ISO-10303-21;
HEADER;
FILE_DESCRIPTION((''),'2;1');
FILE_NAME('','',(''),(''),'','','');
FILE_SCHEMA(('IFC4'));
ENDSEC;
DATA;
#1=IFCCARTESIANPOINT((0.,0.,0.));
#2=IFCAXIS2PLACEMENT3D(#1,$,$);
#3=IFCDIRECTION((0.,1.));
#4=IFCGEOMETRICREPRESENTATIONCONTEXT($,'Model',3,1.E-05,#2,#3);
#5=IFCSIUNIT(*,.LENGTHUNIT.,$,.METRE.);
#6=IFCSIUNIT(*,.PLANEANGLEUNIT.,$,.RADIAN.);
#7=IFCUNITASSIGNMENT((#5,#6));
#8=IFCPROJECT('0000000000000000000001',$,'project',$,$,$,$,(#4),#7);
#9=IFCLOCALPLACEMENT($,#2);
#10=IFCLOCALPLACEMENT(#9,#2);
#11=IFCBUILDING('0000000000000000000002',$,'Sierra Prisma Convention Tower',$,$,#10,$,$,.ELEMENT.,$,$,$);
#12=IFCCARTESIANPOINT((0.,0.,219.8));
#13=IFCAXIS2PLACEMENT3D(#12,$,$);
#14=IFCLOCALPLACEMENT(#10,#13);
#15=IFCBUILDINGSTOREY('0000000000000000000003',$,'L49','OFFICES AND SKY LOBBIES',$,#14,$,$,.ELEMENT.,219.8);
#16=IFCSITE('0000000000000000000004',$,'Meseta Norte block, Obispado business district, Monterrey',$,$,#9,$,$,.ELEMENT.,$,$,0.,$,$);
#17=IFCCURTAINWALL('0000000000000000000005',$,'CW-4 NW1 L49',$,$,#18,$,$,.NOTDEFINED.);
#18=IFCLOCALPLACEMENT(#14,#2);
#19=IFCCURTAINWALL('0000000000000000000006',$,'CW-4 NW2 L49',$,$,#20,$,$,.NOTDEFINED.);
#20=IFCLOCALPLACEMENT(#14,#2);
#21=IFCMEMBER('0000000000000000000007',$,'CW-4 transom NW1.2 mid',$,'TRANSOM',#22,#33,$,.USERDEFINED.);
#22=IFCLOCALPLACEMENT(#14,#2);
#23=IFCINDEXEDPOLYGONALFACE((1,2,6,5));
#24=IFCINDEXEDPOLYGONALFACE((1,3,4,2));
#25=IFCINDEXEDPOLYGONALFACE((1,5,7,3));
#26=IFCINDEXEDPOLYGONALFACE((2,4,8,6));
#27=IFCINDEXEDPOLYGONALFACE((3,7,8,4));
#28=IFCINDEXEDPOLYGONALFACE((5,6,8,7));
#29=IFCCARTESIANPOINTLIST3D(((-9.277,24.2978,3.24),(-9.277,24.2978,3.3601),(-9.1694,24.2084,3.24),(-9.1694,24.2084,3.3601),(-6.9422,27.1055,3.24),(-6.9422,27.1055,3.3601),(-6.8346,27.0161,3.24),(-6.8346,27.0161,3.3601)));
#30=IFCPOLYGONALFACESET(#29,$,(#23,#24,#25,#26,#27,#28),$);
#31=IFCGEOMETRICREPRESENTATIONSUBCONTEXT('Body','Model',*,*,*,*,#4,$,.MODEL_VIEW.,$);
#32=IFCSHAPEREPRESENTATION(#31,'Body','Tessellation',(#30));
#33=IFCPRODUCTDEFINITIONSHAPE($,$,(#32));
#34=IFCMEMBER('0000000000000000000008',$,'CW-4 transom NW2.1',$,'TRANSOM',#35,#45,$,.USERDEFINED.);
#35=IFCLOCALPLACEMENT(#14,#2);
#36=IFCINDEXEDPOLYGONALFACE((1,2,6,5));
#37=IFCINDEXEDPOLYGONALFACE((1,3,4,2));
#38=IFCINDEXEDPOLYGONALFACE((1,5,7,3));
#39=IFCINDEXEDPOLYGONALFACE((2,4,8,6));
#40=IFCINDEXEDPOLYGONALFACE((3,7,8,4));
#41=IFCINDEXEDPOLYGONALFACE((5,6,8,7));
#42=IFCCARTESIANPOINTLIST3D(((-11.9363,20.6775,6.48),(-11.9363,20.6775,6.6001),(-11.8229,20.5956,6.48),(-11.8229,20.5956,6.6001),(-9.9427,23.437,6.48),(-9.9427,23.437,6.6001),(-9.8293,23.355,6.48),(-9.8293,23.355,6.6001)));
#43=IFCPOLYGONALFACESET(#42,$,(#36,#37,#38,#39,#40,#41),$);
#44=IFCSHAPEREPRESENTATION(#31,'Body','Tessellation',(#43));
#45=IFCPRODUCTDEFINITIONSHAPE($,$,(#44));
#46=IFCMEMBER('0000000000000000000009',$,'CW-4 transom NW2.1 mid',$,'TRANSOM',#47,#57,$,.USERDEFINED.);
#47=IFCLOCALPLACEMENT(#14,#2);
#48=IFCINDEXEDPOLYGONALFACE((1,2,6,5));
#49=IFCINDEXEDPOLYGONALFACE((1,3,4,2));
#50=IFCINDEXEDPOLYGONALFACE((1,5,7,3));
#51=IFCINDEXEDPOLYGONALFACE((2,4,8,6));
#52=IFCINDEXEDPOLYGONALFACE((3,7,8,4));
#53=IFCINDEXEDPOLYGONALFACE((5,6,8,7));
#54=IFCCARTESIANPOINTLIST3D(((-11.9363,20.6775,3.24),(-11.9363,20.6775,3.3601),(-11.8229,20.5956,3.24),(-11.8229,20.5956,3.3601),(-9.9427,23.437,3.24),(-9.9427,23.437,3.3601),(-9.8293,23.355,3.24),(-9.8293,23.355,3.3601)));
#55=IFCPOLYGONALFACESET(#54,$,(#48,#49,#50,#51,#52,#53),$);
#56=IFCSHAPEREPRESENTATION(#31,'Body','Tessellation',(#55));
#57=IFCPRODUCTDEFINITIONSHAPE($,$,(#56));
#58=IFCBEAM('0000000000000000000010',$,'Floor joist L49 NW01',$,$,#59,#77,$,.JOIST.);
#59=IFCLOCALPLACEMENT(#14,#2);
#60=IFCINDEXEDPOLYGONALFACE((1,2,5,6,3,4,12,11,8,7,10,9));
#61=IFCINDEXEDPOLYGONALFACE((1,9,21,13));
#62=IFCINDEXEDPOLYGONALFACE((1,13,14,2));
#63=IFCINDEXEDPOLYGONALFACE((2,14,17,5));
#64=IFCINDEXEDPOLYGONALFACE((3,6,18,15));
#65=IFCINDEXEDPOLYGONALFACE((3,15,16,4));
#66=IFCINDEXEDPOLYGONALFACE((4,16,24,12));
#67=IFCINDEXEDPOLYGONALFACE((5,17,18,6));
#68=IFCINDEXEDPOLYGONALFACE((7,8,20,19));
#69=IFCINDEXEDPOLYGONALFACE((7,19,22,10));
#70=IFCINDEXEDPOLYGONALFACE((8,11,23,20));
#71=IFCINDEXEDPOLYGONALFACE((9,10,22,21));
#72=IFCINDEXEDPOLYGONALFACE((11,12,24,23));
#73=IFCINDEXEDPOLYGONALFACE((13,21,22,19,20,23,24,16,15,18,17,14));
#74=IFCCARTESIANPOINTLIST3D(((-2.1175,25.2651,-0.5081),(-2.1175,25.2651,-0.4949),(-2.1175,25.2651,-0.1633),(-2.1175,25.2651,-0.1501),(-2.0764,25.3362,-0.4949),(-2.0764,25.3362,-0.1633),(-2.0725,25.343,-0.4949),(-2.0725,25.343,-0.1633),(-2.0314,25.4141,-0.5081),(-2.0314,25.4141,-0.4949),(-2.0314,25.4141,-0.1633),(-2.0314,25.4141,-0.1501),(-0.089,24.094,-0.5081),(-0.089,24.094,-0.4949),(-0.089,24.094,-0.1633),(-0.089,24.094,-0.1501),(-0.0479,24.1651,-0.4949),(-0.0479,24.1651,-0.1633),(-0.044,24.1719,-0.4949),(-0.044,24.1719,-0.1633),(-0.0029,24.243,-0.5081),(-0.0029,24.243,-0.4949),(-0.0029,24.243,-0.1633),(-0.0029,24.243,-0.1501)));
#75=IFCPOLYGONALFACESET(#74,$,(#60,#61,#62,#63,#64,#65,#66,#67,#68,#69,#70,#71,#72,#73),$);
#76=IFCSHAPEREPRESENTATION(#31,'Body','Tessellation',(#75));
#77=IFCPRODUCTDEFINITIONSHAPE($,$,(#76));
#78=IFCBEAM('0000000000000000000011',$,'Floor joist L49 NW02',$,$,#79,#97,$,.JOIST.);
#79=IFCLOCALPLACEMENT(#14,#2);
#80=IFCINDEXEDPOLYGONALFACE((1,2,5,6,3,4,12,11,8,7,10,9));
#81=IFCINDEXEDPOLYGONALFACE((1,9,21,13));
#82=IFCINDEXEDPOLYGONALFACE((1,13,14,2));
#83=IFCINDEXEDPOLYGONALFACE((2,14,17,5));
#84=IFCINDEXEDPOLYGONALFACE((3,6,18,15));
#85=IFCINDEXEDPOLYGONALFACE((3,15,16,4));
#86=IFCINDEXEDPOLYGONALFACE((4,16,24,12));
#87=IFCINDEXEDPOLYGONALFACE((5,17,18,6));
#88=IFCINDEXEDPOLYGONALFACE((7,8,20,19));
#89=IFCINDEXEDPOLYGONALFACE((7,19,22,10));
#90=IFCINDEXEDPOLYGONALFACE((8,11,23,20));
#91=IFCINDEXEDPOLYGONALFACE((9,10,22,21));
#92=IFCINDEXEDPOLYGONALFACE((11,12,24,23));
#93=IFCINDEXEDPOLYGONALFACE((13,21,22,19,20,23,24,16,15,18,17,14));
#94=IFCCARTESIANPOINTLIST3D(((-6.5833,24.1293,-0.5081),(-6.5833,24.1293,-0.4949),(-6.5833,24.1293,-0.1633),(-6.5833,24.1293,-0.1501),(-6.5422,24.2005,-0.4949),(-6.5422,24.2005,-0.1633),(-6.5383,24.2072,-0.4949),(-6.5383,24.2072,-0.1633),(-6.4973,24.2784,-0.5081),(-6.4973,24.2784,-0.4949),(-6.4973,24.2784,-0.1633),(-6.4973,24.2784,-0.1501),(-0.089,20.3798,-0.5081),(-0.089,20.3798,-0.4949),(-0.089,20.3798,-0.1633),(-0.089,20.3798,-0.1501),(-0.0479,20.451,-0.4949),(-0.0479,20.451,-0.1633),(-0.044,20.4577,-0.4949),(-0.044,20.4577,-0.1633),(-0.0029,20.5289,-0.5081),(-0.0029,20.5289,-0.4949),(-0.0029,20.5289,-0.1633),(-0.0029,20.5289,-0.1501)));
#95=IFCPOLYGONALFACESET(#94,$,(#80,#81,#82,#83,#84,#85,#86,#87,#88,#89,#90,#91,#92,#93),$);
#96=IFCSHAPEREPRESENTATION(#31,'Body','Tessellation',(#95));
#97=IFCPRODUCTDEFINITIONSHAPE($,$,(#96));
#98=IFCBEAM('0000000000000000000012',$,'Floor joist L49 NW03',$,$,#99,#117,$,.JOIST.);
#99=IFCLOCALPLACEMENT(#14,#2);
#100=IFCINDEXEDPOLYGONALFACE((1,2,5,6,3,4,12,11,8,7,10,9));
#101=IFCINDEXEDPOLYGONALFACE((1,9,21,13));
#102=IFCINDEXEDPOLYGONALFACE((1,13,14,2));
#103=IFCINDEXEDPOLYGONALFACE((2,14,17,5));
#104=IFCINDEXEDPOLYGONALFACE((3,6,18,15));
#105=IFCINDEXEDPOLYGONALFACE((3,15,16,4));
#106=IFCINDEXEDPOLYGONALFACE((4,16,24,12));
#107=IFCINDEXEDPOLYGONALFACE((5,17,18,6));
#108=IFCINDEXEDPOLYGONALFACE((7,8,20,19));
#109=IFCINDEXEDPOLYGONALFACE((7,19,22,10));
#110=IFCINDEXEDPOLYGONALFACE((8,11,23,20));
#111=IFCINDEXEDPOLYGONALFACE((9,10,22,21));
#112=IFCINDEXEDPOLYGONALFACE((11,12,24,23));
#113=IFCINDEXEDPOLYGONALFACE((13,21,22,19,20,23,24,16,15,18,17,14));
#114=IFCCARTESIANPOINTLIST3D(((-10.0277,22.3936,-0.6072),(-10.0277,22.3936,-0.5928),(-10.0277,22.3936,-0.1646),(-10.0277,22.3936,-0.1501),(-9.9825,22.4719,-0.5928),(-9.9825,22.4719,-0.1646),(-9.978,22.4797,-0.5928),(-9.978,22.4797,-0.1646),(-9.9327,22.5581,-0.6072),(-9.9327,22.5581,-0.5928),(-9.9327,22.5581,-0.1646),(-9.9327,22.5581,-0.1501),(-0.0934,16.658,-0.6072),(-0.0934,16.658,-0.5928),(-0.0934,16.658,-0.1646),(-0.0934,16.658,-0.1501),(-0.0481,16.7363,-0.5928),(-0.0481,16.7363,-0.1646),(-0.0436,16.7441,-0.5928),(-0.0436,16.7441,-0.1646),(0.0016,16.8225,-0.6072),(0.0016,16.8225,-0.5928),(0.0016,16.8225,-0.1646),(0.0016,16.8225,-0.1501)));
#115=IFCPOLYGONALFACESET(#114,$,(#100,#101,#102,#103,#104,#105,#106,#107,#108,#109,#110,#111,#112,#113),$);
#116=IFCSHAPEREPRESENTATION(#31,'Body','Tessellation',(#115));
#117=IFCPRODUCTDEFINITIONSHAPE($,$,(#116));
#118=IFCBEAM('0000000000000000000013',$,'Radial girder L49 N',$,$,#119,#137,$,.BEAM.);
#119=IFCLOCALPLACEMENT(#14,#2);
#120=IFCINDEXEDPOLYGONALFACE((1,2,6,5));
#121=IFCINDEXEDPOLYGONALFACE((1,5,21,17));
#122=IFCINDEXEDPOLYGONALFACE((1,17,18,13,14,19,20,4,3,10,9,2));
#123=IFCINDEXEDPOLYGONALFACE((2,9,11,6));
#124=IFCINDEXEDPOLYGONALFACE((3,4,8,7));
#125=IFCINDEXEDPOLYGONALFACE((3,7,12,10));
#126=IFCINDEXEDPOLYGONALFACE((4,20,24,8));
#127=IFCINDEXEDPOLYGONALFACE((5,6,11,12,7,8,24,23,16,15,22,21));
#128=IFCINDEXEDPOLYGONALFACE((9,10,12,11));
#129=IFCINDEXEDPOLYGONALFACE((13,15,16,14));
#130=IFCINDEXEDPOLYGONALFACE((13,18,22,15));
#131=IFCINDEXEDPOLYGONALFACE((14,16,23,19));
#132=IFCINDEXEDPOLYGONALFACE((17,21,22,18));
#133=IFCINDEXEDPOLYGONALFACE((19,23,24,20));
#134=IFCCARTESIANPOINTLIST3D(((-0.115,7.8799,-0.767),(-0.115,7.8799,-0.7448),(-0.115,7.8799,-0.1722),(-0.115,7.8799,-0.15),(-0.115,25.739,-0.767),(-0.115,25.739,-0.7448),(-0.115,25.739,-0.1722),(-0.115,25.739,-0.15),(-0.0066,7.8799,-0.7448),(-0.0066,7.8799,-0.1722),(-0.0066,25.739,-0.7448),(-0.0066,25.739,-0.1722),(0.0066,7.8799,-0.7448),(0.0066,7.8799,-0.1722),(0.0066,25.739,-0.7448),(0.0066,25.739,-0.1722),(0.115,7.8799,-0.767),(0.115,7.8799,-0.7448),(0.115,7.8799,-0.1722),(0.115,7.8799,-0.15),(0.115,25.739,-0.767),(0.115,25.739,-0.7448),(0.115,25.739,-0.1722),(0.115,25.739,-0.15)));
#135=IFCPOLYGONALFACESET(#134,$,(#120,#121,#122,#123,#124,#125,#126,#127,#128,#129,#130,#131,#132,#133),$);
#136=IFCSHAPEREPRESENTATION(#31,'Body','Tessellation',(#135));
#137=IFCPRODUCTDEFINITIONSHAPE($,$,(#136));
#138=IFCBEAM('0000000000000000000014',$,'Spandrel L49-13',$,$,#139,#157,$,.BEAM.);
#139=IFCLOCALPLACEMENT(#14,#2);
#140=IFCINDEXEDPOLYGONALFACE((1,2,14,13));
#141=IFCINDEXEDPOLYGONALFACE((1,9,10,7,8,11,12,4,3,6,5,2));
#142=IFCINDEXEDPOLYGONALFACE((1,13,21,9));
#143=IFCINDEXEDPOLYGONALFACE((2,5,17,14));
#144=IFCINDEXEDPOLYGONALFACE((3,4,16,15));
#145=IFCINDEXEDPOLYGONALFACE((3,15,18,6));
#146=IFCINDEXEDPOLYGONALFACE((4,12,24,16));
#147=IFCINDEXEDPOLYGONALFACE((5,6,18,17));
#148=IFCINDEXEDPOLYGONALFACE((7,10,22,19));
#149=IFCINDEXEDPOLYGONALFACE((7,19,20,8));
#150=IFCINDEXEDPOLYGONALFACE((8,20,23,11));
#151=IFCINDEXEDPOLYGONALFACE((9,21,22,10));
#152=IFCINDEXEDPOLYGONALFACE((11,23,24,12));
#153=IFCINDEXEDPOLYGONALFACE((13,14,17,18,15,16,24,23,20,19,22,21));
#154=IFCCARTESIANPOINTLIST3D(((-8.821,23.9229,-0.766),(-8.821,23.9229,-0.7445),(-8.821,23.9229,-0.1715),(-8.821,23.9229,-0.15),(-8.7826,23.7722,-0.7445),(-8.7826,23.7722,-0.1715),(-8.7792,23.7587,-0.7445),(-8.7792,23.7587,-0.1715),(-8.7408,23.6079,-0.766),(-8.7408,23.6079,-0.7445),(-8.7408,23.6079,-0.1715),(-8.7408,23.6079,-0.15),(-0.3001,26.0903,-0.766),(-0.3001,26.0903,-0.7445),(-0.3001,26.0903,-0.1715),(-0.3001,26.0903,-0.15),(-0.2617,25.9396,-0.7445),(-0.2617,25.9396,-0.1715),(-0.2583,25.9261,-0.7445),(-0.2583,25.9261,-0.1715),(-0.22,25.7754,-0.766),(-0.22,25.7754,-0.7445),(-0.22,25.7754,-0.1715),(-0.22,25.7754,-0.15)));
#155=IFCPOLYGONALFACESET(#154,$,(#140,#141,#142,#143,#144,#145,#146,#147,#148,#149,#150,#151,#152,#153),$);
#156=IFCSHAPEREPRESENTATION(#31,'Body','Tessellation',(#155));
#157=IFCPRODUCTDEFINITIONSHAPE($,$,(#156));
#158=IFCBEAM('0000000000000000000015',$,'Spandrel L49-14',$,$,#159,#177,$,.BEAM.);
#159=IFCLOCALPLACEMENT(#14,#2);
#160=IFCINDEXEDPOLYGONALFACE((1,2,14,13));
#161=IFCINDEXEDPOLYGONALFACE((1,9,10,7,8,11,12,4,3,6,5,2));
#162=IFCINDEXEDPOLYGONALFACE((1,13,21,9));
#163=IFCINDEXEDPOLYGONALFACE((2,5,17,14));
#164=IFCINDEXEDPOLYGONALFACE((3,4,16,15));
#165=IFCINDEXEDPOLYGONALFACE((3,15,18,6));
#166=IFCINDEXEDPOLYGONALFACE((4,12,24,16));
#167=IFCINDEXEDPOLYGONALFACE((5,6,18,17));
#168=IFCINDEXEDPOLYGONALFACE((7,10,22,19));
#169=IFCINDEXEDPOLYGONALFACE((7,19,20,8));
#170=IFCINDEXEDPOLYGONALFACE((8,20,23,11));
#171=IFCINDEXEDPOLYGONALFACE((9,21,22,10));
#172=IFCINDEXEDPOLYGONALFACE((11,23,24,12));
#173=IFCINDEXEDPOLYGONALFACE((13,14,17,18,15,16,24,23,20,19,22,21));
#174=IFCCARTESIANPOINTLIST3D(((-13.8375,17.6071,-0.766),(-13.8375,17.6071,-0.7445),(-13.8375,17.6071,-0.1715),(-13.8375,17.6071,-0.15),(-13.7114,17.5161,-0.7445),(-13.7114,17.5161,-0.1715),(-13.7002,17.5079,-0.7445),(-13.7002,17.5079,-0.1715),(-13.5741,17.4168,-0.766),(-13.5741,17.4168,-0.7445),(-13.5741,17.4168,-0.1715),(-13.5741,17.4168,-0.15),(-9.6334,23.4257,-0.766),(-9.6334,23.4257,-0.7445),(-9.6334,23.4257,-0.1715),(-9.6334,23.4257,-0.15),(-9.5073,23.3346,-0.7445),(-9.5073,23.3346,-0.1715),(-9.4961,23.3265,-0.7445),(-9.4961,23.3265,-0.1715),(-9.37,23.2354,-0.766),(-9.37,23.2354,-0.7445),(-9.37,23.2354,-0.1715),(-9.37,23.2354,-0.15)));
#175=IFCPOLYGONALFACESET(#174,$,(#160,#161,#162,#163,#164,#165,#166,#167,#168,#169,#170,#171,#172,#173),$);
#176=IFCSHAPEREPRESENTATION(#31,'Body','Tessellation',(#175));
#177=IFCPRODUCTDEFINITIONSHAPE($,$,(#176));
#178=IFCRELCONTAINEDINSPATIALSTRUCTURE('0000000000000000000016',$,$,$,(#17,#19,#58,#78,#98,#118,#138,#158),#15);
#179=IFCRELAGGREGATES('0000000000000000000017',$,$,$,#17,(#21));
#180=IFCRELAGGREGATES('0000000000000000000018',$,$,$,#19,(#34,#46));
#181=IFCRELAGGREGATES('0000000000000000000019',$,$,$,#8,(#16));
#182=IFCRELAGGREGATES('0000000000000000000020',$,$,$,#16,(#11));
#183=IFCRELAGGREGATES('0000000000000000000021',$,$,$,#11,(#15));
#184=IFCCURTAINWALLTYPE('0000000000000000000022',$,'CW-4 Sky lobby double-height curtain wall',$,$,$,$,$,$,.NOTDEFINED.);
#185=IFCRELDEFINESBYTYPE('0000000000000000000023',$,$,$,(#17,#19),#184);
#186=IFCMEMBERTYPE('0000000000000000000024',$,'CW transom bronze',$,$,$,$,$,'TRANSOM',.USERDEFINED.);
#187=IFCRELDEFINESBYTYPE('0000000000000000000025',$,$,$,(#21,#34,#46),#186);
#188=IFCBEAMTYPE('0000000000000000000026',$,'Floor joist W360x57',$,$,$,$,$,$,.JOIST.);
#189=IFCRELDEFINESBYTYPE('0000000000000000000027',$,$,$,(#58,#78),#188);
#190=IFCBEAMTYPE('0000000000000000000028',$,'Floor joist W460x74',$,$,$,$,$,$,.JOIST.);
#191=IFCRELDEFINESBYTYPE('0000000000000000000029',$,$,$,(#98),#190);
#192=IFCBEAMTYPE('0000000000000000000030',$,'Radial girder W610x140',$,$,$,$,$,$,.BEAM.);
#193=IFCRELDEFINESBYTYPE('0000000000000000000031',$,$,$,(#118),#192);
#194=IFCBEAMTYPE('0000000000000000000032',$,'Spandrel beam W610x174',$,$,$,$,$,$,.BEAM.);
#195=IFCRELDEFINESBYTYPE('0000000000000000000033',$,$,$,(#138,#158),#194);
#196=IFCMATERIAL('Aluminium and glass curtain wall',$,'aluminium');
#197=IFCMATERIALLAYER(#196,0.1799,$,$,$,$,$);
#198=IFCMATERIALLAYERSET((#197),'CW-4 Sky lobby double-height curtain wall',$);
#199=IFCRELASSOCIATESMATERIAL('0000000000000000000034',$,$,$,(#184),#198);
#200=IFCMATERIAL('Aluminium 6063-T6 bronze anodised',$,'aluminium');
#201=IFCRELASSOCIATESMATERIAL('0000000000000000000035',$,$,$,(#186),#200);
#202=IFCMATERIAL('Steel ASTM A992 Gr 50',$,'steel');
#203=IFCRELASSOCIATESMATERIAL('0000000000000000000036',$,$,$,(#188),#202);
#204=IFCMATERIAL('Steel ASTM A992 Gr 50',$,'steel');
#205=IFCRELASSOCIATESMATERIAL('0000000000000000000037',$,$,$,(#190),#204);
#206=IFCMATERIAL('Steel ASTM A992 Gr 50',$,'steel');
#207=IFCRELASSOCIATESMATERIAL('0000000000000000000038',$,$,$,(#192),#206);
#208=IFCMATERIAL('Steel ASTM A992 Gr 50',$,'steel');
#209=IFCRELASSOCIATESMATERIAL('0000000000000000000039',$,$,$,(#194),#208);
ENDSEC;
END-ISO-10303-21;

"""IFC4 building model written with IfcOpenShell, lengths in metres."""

from ifc_helpers import new_model, si_unit, direction, frame, origin, origin_2d, place, context, subcontext, project, spatial, rectangle, i_section, extrude, material, layer, layer_set, material_profile, profile_set, type_object, element, aggregate, save


model = new_model("IFC4")

# Units and contexts
model_context = context("Model", 3, precision=1e-05, world=origin(), true_north=direction((0.0, 1.0)))
body_context = subcontext(model_context, "Body", "Model", "MODEL_VIEW")
ifc_project = project(units=[si_unit("LENGTHUNIT", "METRE"), si_unit("PLANEANGLEUNIT", "RADIAN")], contexts=[model_context])

# Site, building, storey
site_placement = place(None, origin())
site = spatial("IfcSite", under=ifc_project, at=site_placement, Name="Meseta Norte block, Obispado business district, Monterrey", CompositionType="ELEMENT", RefElevation=0.0)
building_placement = place(site_placement, origin())
building = spatial("IfcBuilding", under=site, at=building_placement, Name="Sierra Prisma Convention Tower", CompositionType="ELEMENT")
storey_placement = place(building_placement, frame((0.0, 0.0, 219.8)))
storey = spatial("IfcBuildingStorey", under=building, at=storey_placement, Name="L49", Description="OFFICES AND SKY LOBBIES", CompositionType="ELEMENT", Elevation=219.8)

# Shared definitions
ifc_material_1 = material(Name="Aluminium and glass curtain wall", Category="aluminium")
ifc_layer_1 = layer(ifc_material_1, 0.1799)
ifc_layer_set_1 = layer_set([ifc_layer_1], Name="CW-4 Sky lobby double-height curtain wall")
curtain_wall_type = type_object("IfcCurtainWallType", Name="CW-4 Sky lobby double-height curtain wall", PredefinedType="NOTDEFINED", material=ifc_layer_set_1)

# Curtain wall
curtain_wall_1_placement = place(storey_placement, origin())
curtain_wall_1 = element("IfcCurtainWall", 1, at=curtain_wall_1_placement, inside=storey, type_object=curtain_wall_type, Name="CW-4 NW1 L49", PredefinedType="NOTDEFINED")

# Curtain wall
curtain_wall_2_placement = place(storey_placement, origin())
curtain_wall_2 = element("IfcCurtainWall", 2, at=curtain_wall_2_placement, inside=storey, type_object=curtain_wall_type, Name="CW-4 NW2 L49", PredefinedType="NOTDEFINED")

# Members
ifc_material_2 = material(Name="Aluminium 6063-T6 bronze anodised", Category="aluminium")
ifc_material_profile_1 = material_profile(ifc_material_2, rectangle(XDim=0.1399, YDim=0.1201, at=origin_2d()), Name="ALU TRANSOM 120x140")
ifc_profile_set_1 = profile_set([ifc_material_profile_1], Name="Aluminium 6063-T6 bronze anodised")
member_type_1 = type_object("IfcMemberType", Name="CW transom bronze", ElementType="TRANSOM", PredefinedType="USERDEFINED", material=ifc_profile_set_1)
member_1_placement = place(storey_placement, frame((-6.8884, 27.0608, 3.3), z_axis=(-0.639382, -0.768889, 0.0), x_axis=(0.768889, -0.639382, 0.0)))
member_1 = element("IfcMember", 3, at=member_1_placement, type_object=member_type_1, Name="CW-4 transom NW1.2 mid", ObjectType="TRANSOM", PredefinedType="USERDEFINED", context=body_context, shape_type="SweptSolid", body=[
    extrude(rectangle(XDim=0.1399, YDim=0.1201, at=origin_2d()), origin(), (0.0, 0.0, 1.0), 3.6516),
])
member_2_placement = place(storey_placement, frame((-9.886, 23.396, 6.54), z_axis=(-0.585619, -0.810587, 0.0), x_axis=(0.810587, -0.585619, 0.0)))
member_2 = element("IfcMember", 4, at=member_2_placement, type_object=member_type_1, Name="CW-4 transom NW2.1", ObjectType="TRANSOM", PredefinedType="USERDEFINED", context=body_context, shape_type="SweptSolid", body=[
    extrude(rectangle(XDim=0.1399, YDim=0.1201, at=origin_2d()), origin(), (0.0, 0.0, 1.0), 3.4043),
])
member_3_placement = place(storey_placement, frame((-9.886, 23.396, 3.3), z_axis=(-0.585619, -0.810587, 0.0), x_axis=(0.810587, -0.585619, 0.0)))
member_3 = element("IfcMember", 5, at=member_3_placement, type_object=member_type_1, Name="CW-4 transom NW2.1 mid", ObjectType="TRANSOM", PredefinedType="USERDEFINED", context=body_context, shape_type="SweptSolid", body=[
    extrude(rectangle(XDim=0.1399, YDim=0.1201, at=origin_2d()), origin(), (0.0, 0.0, 1.0), 3.4043),
])

# Beams
ifc_material_3 = material(Name="Steel ASTM A992 Gr 50", Category="steel")
ifc_material_profile_2 = material_profile(ifc_material_3, i_section(OverallWidth=0.1721, OverallDepth=0.3579, WebThickness=0.0078, FlangeThickness=0.0132, at=origin_2d()), Name="W360x57")
ifc_profile_set_2 = profile_set([ifc_material_profile_2], Name="Steel ASTM A992 Gr 50")
beam_type_1 = type_object("IfcBeamType", Name="Floor joist W360x57", PredefinedType="JOIST", material=ifc_profile_set_2)
beam_1_placement = place(storey_placement, frame((-2.0745, 25.3396, -0.3291), z_axis=(0.866035, -0.499984, 0.0), x_axis=(0.499984, 0.866035, 0.0)))
element("IfcBeam", 6, at=beam_1_placement, inside=storey, type_object=beam_type_1, Name="Floor joist L49 NW01", PredefinedType="JOIST", context=body_context, shape_type="SweptSolid", body=[
    extrude(i_section(OverallWidth=0.1721, OverallDepth=0.3579, WebThickness=0.0078, FlangeThickness=0.0132, at=origin_2d()), origin(), (0.0, 0.0, 1.0), 2.3423),
])
beam_2_placement = place(storey_placement, frame((-6.5403, 24.2039, -0.3291), z_axis=(0.866027, -0.499998, 0.0), x_axis=(0.499998, 0.866027, 0.0)))
element("IfcBeam", 7, at=beam_2_placement, inside=storey, type_object=beam_type_1, Name="Floor joist L49 NW02", PredefinedType="JOIST", context=body_context, shape_type="SweptSolid", body=[
    extrude(i_section(OverallWidth=0.1721, OverallDepth=0.3579, WebThickness=0.0078, FlangeThickness=0.0132, at=origin_2d()), origin(), (0.0, 0.0, 1.0), 7.499),
])
ifc_material_4 = material(Name="Steel ASTM A992 Gr 50", Category="steel")
ifc_material_profile_3 = material_profile(ifc_material_4, i_section(OverallWidth=0.1899, OverallDepth=0.457, WebThickness=0.009, FlangeThickness=0.0144, at=origin_2d()), Name="W460x74")
ifc_profile_set_3 = profile_set([ifc_material_profile_3], Name="Steel ASTM A992 Gr 50")
beam_type_2 = type_object("IfcBeamType", Name="Floor joist W460x74", PredefinedType="JOIST", material=ifc_profile_set_3)
beam_3_placement = place(storey_placement, frame((-9.9802, 22.4758, -0.3787), z_axis=(0.866025, -0.500001, 0.0), x_axis=(0.500001, 0.866025, 0.0)))
element("IfcBeam", 8, at=beam_3_placement, inside=storey, type_object=beam_type_2, Name="Floor joist L49 NW03", PredefinedType="JOIST", context=body_context, shape_type="SweptSolid", body=[
    extrude(i_section(OverallWidth=0.1899, OverallDepth=0.457, WebThickness=0.009, FlangeThickness=0.0144, at=origin_2d()), origin(), (0.0, 0.0, 1.0), 11.4712),
])
ifc_material_5 = material(Name="Steel ASTM A992 Gr 50", Category="steel")
ifc_material_profile_4 = material_profile(ifc_material_5, i_section(OverallWidth=0.23, OverallDepth=0.6169, WebThickness=0.0132, FlangeThickness=0.0222, at=origin_2d()), Name="W610x140")
ifc_profile_set_4 = profile_set([ifc_material_profile_4], Name="Steel ASTM A992 Gr 50")
beam_type_3 = type_object("IfcBeamType", Name="Radial girder W610x140", PredefinedType="BEAM", material=ifc_profile_set_4)
beam_4_placement = place(storey_placement, frame((0.0, 25.739, -0.4585), z_axis=(0.0, -1.0, 0.0), x_axis=(1.0, 0.0, 0.0)))
element("IfcBeam", 9, at=beam_4_placement, inside=storey, type_object=beam_type_3, Name="Radial girder L49 N", PredefinedType="BEAM", context=body_context, shape_type="SweptSolid", body=[
    extrude(i_section(OverallWidth=0.23, OverallDepth=0.6169, WebThickness=0.0132, FlangeThickness=0.0222, at=origin_2d()), origin(), (0.0, 0.0, 1.0), 17.8591),
])
ifc_material_6 = material(Name="Steel ASTM A992 Gr 50", Category="steel")
ifc_material_profile_5 = material_profile(ifc_material_6, i_section(OverallWidth=0.325, OverallDepth=0.616, WebThickness=0.0139, FlangeThickness=0.0215, at=origin_2d()), Name="W610x174")
ifc_profile_set_5 = profile_set([ifc_material_profile_5], Name="Steel ASTM A992 Gr 50")
beam_type_4 = type_object("IfcBeamType", Name="Spandrel beam W610x174", PredefinedType="BEAM", material=ifc_profile_set_5)
beam_5_placement = place(storey_placement, frame((-0.26, 25.9329, -0.458), z_axis=(-0.969138, -0.246519, 0.0), x_axis=(0.246519, -0.969138, 0.0)))
element("IfcBeam", 10, at=beam_5_placement, inside=storey, type_object=beam_type_4, Name="Spandrel L49-13", PredefinedType="BEAM", context=body_context, shape_type="SweptSolid", body=[
    extrude(i_section(OverallWidth=0.325, OverallDepth=0.616, WebThickness=0.0139, FlangeThickness=0.0215, at=origin_2d()), origin(), (0.0, 0.0, 1.0), 8.7922),
])
beam_6_placement = place(storey_placement, frame((-9.5017, 23.3306, -0.458), z_axis=(-0.585653, -0.810562, 0.0), x_axis=(0.810562, -0.585653, 0.0)))
element("IfcBeam", 11, at=beam_6_placement, inside=storey, type_object=beam_type_4, Name="Spandrel L49-14", PredefinedType="BEAM", context=body_context, shape_type="SweptSolid", body=[
    extrude(i_section(OverallWidth=0.325, OverallDepth=0.616, WebThickness=0.0139, FlangeThickness=0.0215, at=origin_2d()), origin(), (0.0, 0.0, 1.0), 7.1785),
])

aggregate(curtain_wall_1, [member_1])
aggregate(curtain_wall_2, [member_2, member_3])

save(model, "model.ifc")
